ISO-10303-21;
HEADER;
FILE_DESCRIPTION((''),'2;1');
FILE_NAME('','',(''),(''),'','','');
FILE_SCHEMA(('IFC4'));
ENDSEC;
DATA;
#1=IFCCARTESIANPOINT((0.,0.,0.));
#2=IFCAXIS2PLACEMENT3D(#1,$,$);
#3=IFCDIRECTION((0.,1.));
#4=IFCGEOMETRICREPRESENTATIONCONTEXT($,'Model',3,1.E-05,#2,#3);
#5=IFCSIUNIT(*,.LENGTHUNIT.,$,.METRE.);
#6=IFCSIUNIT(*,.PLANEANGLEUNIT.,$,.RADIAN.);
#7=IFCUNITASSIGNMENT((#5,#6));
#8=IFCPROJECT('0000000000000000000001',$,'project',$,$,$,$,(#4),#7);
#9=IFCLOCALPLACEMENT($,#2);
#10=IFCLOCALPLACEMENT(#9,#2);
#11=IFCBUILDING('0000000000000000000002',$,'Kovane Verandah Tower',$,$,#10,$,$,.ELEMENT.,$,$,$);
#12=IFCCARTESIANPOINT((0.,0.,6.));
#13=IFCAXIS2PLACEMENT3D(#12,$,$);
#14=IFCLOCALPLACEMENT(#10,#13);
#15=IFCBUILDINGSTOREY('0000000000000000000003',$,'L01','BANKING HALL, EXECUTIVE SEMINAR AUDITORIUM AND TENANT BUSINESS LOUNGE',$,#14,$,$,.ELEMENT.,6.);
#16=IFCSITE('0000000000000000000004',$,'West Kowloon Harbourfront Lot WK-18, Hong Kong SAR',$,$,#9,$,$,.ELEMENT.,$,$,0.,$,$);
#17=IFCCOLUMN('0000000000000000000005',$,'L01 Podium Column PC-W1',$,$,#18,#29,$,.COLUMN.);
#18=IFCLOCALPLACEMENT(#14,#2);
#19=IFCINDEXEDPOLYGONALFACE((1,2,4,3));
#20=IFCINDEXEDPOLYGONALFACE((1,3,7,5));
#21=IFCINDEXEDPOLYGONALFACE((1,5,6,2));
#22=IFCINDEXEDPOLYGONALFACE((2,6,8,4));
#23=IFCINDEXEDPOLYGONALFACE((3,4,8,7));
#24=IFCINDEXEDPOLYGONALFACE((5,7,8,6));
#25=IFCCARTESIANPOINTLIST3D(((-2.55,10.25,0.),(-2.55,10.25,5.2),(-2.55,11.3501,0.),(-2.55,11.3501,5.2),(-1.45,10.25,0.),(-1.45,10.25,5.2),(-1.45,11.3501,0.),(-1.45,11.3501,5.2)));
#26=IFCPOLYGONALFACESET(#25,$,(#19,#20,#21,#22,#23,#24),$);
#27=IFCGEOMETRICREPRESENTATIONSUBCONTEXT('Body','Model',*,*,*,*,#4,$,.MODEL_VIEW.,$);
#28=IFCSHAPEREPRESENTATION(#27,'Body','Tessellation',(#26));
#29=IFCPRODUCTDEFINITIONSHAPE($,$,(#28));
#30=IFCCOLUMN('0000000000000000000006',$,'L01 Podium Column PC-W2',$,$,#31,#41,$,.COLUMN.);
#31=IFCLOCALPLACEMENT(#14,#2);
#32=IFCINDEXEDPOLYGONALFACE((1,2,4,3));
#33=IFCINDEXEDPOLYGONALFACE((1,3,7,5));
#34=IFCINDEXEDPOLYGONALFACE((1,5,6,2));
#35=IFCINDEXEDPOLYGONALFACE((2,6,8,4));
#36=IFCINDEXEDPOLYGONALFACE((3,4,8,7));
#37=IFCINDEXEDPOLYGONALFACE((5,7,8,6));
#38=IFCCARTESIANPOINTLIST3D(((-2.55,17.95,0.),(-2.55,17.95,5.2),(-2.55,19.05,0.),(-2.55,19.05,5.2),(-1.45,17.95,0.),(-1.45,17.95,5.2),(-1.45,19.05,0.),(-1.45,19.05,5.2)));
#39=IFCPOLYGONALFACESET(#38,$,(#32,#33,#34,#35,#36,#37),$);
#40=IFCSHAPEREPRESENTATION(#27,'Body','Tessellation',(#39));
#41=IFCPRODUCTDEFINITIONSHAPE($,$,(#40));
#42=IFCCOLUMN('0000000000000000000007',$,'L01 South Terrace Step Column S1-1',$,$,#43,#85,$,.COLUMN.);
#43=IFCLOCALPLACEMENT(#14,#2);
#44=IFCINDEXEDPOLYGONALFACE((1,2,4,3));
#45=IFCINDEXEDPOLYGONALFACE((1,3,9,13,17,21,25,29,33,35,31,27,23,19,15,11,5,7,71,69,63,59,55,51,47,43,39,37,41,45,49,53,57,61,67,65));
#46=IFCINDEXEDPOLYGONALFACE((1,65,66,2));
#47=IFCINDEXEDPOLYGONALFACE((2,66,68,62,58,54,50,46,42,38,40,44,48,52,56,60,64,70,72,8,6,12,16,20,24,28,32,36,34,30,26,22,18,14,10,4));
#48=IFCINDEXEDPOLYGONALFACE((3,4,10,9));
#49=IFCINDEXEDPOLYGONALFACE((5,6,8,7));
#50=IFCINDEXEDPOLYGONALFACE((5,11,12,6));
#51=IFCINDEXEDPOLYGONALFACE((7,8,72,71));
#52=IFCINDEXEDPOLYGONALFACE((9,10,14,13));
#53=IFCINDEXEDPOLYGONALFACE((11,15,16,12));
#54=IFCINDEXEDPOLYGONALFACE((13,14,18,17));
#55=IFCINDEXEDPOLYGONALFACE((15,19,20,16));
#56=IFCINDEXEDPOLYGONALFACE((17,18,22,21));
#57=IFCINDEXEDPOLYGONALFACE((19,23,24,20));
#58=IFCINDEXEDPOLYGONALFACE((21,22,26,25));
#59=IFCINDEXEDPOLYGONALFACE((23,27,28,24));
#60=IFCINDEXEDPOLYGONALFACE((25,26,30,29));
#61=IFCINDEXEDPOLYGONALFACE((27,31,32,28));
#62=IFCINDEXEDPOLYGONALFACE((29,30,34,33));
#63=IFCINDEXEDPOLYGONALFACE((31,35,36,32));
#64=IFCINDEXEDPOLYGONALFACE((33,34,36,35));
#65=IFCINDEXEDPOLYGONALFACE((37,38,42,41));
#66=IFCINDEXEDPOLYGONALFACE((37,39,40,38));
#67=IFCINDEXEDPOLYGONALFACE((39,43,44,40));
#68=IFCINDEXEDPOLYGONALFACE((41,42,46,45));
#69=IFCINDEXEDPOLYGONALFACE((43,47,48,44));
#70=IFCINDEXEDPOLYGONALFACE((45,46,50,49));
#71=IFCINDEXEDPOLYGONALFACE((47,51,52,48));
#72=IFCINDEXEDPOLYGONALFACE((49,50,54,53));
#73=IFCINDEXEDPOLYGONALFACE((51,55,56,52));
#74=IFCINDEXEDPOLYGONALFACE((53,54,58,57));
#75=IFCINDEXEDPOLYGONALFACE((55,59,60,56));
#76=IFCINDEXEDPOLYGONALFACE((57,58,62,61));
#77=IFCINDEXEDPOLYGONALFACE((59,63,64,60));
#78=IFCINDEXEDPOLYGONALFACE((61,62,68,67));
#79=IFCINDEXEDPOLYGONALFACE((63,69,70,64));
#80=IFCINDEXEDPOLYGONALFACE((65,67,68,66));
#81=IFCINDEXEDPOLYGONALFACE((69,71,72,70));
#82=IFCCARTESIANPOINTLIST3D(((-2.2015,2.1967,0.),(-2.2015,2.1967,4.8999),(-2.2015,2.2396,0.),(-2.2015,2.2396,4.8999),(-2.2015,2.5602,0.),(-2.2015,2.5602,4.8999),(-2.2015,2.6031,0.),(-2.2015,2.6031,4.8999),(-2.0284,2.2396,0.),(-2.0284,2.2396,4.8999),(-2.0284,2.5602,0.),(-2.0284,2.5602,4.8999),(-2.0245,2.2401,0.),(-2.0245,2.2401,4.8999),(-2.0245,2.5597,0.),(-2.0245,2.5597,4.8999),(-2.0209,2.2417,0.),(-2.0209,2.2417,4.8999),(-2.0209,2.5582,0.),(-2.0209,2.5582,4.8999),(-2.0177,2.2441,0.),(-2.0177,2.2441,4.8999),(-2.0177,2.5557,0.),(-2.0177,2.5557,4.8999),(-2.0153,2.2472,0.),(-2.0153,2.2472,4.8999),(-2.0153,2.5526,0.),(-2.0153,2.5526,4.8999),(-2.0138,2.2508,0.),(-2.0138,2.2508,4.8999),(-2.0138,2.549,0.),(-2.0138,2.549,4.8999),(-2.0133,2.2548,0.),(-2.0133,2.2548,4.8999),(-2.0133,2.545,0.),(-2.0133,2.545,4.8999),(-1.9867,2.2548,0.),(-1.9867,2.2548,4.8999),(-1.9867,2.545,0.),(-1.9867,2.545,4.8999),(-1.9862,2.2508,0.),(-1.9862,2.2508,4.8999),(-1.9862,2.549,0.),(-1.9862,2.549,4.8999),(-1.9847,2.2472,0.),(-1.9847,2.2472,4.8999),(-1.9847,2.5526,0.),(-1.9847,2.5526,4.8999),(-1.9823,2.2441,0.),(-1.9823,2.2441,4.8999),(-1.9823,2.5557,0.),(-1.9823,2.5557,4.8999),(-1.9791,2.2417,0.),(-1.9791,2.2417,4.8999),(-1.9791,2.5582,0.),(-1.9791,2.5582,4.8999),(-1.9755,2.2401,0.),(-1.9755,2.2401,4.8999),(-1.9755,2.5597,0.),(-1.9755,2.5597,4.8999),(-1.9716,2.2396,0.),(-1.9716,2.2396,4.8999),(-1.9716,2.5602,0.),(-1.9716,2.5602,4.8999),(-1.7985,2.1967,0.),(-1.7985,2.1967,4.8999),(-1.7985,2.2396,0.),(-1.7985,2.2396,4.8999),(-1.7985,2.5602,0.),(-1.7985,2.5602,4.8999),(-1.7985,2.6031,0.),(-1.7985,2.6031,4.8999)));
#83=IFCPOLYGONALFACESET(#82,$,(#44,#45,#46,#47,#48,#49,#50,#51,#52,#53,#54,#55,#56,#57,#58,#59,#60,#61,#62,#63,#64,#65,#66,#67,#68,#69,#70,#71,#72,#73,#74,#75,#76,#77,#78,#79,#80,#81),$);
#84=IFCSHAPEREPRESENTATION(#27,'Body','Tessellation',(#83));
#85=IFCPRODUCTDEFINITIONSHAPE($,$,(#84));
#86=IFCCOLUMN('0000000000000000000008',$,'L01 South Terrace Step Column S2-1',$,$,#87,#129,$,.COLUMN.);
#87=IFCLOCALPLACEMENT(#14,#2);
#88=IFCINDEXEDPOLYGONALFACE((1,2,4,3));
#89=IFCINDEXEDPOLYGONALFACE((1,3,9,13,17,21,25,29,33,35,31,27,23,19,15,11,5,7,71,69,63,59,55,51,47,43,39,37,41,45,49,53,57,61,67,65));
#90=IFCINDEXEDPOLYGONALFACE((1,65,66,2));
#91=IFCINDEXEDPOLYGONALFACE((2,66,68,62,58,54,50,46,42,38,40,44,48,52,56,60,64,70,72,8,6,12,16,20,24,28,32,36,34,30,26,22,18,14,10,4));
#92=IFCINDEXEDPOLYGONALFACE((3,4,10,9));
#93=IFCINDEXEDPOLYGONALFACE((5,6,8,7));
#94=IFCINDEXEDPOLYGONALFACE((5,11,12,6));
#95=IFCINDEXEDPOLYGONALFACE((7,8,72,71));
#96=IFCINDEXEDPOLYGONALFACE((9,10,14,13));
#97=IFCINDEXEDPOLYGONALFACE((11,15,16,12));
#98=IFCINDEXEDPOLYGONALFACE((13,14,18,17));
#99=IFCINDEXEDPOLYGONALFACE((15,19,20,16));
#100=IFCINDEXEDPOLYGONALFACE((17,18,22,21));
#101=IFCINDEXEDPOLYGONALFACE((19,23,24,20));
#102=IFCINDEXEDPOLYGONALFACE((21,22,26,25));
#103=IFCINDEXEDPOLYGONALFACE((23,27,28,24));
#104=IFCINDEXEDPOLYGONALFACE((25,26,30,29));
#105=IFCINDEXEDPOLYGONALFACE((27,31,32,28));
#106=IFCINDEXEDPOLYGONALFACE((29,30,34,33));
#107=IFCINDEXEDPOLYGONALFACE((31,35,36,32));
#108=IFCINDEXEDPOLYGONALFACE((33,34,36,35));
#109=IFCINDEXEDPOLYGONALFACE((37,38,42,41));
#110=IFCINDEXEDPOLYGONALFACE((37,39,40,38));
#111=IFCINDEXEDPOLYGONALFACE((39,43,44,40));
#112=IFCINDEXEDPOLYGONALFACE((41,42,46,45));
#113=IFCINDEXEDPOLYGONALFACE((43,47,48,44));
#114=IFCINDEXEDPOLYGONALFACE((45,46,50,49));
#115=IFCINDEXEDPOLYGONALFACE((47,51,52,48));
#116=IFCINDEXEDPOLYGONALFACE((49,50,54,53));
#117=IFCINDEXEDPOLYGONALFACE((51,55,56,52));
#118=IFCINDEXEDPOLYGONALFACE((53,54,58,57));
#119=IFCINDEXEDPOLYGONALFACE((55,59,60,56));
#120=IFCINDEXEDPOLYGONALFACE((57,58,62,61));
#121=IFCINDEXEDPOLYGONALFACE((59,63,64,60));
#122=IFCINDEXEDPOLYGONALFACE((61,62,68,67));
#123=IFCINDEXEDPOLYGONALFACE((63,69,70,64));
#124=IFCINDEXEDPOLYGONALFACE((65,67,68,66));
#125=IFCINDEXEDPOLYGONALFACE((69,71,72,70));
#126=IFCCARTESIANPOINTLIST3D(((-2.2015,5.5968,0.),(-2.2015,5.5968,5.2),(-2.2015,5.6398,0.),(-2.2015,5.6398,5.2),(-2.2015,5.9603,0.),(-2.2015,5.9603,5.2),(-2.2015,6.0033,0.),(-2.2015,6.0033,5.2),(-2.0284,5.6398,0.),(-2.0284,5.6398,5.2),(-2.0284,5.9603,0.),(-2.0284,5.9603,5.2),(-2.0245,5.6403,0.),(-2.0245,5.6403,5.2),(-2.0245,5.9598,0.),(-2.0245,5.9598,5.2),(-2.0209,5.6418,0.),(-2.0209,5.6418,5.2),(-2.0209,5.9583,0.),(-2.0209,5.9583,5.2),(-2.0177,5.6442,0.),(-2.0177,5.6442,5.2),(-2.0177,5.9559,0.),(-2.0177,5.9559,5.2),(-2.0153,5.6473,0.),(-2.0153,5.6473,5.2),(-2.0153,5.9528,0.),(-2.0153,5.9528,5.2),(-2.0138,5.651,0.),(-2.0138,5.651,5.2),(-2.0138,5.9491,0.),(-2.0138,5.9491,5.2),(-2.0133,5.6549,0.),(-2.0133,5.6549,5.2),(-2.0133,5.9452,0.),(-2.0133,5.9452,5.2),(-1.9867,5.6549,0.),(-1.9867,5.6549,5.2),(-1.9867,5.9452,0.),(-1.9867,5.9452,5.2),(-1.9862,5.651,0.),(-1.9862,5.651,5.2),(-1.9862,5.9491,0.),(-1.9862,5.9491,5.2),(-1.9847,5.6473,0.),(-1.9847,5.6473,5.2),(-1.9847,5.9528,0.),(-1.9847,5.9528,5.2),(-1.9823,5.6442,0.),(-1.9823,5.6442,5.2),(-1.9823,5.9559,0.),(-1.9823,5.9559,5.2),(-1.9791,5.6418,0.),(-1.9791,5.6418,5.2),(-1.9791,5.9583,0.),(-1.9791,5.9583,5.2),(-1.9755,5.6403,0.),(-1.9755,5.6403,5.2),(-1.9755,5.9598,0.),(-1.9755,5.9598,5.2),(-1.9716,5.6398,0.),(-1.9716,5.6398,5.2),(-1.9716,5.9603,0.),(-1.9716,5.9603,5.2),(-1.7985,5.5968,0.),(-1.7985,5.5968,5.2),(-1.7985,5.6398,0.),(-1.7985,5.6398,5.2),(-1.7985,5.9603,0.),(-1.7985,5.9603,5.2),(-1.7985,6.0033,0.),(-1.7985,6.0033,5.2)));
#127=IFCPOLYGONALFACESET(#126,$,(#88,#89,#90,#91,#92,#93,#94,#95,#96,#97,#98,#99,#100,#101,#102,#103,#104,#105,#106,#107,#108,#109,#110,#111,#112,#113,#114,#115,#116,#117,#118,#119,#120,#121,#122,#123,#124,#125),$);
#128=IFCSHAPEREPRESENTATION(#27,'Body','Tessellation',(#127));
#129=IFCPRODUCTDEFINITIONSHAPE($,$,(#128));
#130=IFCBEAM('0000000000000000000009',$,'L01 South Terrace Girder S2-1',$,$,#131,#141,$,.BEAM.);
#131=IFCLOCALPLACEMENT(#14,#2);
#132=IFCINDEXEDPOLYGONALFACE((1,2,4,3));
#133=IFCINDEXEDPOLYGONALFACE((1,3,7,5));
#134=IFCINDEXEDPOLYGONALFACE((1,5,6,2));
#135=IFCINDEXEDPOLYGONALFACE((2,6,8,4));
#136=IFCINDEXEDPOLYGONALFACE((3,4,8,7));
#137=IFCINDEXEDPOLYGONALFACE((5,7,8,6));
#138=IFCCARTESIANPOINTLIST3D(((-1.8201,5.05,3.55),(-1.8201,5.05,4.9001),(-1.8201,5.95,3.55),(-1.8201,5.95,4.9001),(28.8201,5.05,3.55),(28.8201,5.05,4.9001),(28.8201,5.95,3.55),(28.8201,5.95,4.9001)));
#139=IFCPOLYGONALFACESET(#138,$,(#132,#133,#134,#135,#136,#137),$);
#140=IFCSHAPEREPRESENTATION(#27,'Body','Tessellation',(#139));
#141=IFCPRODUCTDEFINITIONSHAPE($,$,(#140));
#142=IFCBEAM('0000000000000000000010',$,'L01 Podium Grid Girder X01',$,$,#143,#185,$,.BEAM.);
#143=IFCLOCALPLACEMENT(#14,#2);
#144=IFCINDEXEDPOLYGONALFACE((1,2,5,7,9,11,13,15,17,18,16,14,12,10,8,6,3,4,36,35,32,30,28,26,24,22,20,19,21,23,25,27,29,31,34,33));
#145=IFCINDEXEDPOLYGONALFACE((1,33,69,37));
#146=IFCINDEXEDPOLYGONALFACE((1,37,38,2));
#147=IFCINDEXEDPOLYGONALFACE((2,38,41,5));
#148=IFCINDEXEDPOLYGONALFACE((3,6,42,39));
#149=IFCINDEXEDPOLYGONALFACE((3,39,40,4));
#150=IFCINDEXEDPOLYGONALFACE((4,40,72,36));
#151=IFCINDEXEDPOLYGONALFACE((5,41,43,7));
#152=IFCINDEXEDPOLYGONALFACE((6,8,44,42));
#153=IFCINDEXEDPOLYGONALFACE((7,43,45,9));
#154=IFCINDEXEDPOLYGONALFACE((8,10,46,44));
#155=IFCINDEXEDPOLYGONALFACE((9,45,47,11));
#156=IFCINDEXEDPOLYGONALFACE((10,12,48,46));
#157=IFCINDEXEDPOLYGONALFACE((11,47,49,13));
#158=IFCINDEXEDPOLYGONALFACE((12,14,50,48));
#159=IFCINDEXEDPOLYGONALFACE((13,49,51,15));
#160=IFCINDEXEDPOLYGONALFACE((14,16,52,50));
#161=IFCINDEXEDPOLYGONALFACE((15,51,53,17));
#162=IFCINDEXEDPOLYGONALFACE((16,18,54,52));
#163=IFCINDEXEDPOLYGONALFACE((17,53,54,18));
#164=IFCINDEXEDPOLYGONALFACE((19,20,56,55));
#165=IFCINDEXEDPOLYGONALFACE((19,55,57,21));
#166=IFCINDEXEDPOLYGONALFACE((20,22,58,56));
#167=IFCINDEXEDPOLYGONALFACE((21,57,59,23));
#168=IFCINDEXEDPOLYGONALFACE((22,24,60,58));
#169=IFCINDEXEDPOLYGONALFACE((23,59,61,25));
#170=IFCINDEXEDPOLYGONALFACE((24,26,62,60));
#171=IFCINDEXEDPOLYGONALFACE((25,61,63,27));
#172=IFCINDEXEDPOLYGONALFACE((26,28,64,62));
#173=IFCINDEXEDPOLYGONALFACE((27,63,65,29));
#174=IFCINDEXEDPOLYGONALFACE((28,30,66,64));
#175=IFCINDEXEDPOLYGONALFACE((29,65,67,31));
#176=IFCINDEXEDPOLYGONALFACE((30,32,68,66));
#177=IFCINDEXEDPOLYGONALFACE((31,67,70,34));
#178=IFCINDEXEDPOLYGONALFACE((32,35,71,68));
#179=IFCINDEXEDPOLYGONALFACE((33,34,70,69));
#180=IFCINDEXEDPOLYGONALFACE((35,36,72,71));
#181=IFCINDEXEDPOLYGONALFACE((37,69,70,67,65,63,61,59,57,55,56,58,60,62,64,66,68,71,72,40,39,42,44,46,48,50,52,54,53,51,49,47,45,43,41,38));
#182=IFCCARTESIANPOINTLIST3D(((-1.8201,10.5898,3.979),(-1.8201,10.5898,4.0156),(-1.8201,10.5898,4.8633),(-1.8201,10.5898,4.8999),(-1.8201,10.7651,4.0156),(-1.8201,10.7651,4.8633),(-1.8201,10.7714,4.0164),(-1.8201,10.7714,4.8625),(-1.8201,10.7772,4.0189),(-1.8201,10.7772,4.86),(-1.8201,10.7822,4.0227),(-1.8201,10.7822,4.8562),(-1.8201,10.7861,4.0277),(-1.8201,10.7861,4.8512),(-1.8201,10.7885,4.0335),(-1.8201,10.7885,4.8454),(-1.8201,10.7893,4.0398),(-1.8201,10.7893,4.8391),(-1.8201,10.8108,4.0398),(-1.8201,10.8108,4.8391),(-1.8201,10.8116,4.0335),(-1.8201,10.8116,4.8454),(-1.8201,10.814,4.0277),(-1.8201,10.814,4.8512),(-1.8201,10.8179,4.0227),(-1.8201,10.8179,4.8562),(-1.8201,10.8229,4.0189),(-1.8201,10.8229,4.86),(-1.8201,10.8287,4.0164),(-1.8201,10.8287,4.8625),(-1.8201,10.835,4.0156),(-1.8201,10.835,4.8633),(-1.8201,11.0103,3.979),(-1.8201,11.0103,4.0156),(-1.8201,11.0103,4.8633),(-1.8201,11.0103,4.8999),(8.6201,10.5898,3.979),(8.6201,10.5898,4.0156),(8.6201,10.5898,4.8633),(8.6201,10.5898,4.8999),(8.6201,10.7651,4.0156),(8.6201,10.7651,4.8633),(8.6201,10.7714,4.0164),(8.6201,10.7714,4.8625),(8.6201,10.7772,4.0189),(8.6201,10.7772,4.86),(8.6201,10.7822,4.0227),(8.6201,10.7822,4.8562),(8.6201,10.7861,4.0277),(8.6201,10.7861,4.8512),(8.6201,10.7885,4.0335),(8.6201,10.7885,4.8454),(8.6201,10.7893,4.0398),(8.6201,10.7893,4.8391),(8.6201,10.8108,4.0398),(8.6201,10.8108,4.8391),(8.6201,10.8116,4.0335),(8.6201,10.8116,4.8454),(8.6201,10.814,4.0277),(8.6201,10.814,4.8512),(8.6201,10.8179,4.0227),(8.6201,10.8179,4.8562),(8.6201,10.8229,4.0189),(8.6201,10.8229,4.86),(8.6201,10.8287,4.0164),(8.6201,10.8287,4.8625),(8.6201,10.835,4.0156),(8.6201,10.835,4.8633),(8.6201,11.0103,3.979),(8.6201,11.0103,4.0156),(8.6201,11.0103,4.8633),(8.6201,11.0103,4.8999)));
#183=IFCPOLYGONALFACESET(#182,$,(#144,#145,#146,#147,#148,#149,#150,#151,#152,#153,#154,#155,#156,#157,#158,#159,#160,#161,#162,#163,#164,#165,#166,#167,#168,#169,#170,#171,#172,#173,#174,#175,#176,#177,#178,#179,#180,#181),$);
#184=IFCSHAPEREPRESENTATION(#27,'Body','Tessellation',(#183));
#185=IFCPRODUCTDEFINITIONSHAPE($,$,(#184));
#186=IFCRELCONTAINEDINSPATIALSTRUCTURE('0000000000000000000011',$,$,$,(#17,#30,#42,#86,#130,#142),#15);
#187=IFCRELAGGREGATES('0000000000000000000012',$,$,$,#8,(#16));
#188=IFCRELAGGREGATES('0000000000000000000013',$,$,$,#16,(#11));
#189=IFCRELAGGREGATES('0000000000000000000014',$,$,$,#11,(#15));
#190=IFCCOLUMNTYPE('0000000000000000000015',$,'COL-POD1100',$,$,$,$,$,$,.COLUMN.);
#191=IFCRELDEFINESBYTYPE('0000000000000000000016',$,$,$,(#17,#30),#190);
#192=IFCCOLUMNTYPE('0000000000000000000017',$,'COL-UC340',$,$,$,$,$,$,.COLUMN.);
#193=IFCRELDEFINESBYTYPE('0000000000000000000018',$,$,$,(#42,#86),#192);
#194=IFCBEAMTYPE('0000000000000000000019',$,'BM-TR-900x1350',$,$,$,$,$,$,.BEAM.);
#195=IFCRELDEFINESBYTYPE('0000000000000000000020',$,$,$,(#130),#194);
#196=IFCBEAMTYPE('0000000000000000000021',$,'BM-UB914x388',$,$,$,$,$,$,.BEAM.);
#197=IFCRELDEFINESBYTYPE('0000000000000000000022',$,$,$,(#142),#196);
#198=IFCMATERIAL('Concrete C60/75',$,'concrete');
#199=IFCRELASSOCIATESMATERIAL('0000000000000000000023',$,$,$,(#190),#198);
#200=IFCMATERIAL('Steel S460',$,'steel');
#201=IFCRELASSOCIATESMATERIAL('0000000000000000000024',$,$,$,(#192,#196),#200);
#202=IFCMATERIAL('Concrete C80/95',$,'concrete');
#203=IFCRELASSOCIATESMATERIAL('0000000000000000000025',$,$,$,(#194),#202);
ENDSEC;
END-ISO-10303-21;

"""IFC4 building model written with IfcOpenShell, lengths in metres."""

from ifc_helpers import new_model, si_unit, direction, frame, origin, origin_2d, place, context, subcontext, project, spatial, rectangle, i_section, extrude, material, material_profile, profile_set, type_object, element, save


model = new_model("IFC4")

# Units and contexts
model_context = context("Model", 3, precision=1e-05, world=origin(), true_north=direction((0.0, 1.0)))
body_context = subcontext(model_context, "Body", "Model", "MODEL_VIEW")
ifc_project = project(units=[si_unit("LENGTHUNIT", "METRE"), si_unit("PLANEANGLEUNIT", "RADIAN")], contexts=[model_context])

# Site, building, storey
site_placement = place(None, origin())
site = spatial("IfcSite", under=ifc_project, at=site_placement, Name="West Kowloon Harbourfront Lot WK-18, Hong Kong SAR", CompositionType="ELEMENT", RefElevation=0.0)
building_placement = place(site_placement, origin())
building = spatial("IfcBuilding", under=site, at=building_placement, Name="Kovane Verandah Tower", CompositionType="ELEMENT")
storey_placement = place(building_placement, frame((0.0, 0.0, 6.0)))
storey = spatial("IfcBuildingStorey", under=building, at=storey_placement, Name="L01", Description="BANKING HALL, EXECUTIVE SEMINAR AUDITORIUM AND TENANT BUSINESS LOUNGE", CompositionType="ELEMENT", Elevation=6.0)

# Columns
ifc_material_1 = material(Name="Concrete C60/75", Category="concrete")
ifc_material_profile_1 = material_profile(ifc_material_1, rectangle(XDim=1.1001, YDim=1.1001, at=origin_2d()), Name="RC1100x1100")
ifc_profile_set_1 = profile_set([ifc_material_profile_1], Name="Concrete C60/75")
column_type_1 = type_object("IfcColumnType", Name="COL-POD1100", PredefinedType="COLUMN", material=ifc_profile_set_1)
for number, where, z_axis, x_axis, name in (
    (1, (-2.0, 10.8, 0.0), (0.0, 0.0, 1.0), (1.0, 0.0, 0.0), "L01 Podium Column PC-W1"),
    (2, (-2.0, 18.5, 0.0), (0.0, 0.0, 1.0), (1.0, 0.0, 0.0), "L01 Podium Column PC-W2"),
):
    element("IfcColumn", number, at=place(storey_placement, frame(where, z_axis=z_axis, x_axis=x_axis)), inside=storey, type_object=column_type_1, Name=name, PredefinedType="COLUMN", context=body_context, shape_type="SweptSolid", body=[
        extrude(rectangle(XDim=1.1001, YDim=1.1001, at=origin_2d()), origin(), (0.0, 0.0, 1.0), 5.2),
    ])
ifc_material_2 = material(Name="Steel S460", Category="steel")
ifc_material_profile_2 = material_profile(ifc_material_2, i_section(OverallWidth=0.4031, OverallDepth=0.4065, WebThickness=0.0266, FlangeThickness=0.043, FilletRadius=0.0151, at=origin_2d()), Name="UC356x406x340")
ifc_profile_set_2 = profile_set([ifc_material_profile_2], Name="Steel S460")
column_type_2 = type_object("IfcColumnType", Name="COL-UC340", PredefinedType="COLUMN", material=ifc_profile_set_2)
column_1_placement = place(storey_placement, frame((-2.0, 2.3999, 0.0), z_axis=(0.0, 0.0, 1.0), x_axis=(1.0, 0.0, 0.0)))
element("IfcColumn", 3, at=column_1_placement, inside=storey, type_object=column_type_2, Name="L01 South Terrace Step Column S1-1", PredefinedType="COLUMN", context=body_context, shape_type="SweptSolid", body=[
    extrude(i_section(OverallWidth=0.4031, OverallDepth=0.4065, WebThickness=0.0266, FlangeThickness=0.043, FilletRadius=0.0151, at=origin_2d()), origin(), (0.0, 0.0, 1.0), 4.8999),
])
column_2_placement = place(storey_placement, frame((-2.0, 5.8, 0.0), z_axis=(0.0, 0.0, 1.0), x_axis=(1.0, 0.0, 0.0)))
element("IfcColumn", 4, at=column_2_placement, inside=storey, type_object=column_type_2, Name="L01 South Terrace Step Column S2-1", PredefinedType="COLUMN", context=body_context, shape_type="SweptSolid", body=[
    extrude(i_section(OverallWidth=0.4031, OverallDepth=0.4065, WebThickness=0.0266, FlangeThickness=0.043, FilletRadius=0.0151, at=origin_2d()), origin(), (0.0, 0.0, 1.0), 5.2),
])

# Beams
ifc_material_3 = material(Name="Concrete C80/95", Category="concrete")
ifc_material_profile_3 = material_profile(ifc_material_3, rectangle(XDim=0.8999, YDim=1.3501, at=origin_2d()), Name="RCB900x1350")
ifc_profile_set_3 = profile_set([ifc_material_profile_3], Name="Concrete C80/95")
beam_type_1 = type_object("IfcBeamType", Name="BM-TR-900x1350", PredefinedType="BEAM", material=ifc_profile_set_3)
beam_1_placement = place(storey_placement, frame((-1.8201, 5.5, 4.2251), z_axis=(1.0, 0.0, 0.0), x_axis=(0.0, 1.0, 0.0)))
element("IfcBeam", 5, at=beam_1_placement, inside=storey, type_object=beam_type_1, Name="L01 South Terrace Girder S2-1", PredefinedType="BEAM", context=body_context, shape_type="SweptSolid", body=[
    extrude(rectangle(XDim=0.8999, YDim=1.3501, at=origin_2d()), origin(), (0.0, 0.0, 1.0), 30.6401),
])
ifc_material_profile_4 = material_profile(ifc_material_2, i_section(OverallWidth=0.4204, OverallDepth=0.9209, WebThickness=0.0215, FlangeThickness=0.0366, FilletRadius=0.0242, at=origin_2d()), Name="UB914x419x388")
ifc_profile_set_4 = profile_set([ifc_material_profile_4], Name="Steel S460")
beam_type_2 = type_object("IfcBeamType", Name="BM-UB914x388", PredefinedType="BEAM", material=ifc_profile_set_4)
for number, where, z_axis, x_axis, name in (
    (6, (-1.8201, 10.8, 4.4395), (1.0, 0.0, 0.0), (0.0, 1.0, 0.0), "L01 Podium Grid Girder X01"),
):
    element("IfcBeam", number, at=place(storey_placement, frame(where, z_axis=z_axis, x_axis=x_axis)), inside=storey, type_object=beam_type_2, Name=name, PredefinedType="BEAM", context=body_context, shape_type="SweptSolid", body=[
        extrude(i_section(OverallWidth=0.4204, OverallDepth=0.9209, WebThickness=0.0215, FlangeThickness=0.0366, FilletRadius=0.0242, at=origin_2d()), origin(), (0.0, 0.0, 1.0), 10.4402),
    ])

save(model, "model.ifc")
